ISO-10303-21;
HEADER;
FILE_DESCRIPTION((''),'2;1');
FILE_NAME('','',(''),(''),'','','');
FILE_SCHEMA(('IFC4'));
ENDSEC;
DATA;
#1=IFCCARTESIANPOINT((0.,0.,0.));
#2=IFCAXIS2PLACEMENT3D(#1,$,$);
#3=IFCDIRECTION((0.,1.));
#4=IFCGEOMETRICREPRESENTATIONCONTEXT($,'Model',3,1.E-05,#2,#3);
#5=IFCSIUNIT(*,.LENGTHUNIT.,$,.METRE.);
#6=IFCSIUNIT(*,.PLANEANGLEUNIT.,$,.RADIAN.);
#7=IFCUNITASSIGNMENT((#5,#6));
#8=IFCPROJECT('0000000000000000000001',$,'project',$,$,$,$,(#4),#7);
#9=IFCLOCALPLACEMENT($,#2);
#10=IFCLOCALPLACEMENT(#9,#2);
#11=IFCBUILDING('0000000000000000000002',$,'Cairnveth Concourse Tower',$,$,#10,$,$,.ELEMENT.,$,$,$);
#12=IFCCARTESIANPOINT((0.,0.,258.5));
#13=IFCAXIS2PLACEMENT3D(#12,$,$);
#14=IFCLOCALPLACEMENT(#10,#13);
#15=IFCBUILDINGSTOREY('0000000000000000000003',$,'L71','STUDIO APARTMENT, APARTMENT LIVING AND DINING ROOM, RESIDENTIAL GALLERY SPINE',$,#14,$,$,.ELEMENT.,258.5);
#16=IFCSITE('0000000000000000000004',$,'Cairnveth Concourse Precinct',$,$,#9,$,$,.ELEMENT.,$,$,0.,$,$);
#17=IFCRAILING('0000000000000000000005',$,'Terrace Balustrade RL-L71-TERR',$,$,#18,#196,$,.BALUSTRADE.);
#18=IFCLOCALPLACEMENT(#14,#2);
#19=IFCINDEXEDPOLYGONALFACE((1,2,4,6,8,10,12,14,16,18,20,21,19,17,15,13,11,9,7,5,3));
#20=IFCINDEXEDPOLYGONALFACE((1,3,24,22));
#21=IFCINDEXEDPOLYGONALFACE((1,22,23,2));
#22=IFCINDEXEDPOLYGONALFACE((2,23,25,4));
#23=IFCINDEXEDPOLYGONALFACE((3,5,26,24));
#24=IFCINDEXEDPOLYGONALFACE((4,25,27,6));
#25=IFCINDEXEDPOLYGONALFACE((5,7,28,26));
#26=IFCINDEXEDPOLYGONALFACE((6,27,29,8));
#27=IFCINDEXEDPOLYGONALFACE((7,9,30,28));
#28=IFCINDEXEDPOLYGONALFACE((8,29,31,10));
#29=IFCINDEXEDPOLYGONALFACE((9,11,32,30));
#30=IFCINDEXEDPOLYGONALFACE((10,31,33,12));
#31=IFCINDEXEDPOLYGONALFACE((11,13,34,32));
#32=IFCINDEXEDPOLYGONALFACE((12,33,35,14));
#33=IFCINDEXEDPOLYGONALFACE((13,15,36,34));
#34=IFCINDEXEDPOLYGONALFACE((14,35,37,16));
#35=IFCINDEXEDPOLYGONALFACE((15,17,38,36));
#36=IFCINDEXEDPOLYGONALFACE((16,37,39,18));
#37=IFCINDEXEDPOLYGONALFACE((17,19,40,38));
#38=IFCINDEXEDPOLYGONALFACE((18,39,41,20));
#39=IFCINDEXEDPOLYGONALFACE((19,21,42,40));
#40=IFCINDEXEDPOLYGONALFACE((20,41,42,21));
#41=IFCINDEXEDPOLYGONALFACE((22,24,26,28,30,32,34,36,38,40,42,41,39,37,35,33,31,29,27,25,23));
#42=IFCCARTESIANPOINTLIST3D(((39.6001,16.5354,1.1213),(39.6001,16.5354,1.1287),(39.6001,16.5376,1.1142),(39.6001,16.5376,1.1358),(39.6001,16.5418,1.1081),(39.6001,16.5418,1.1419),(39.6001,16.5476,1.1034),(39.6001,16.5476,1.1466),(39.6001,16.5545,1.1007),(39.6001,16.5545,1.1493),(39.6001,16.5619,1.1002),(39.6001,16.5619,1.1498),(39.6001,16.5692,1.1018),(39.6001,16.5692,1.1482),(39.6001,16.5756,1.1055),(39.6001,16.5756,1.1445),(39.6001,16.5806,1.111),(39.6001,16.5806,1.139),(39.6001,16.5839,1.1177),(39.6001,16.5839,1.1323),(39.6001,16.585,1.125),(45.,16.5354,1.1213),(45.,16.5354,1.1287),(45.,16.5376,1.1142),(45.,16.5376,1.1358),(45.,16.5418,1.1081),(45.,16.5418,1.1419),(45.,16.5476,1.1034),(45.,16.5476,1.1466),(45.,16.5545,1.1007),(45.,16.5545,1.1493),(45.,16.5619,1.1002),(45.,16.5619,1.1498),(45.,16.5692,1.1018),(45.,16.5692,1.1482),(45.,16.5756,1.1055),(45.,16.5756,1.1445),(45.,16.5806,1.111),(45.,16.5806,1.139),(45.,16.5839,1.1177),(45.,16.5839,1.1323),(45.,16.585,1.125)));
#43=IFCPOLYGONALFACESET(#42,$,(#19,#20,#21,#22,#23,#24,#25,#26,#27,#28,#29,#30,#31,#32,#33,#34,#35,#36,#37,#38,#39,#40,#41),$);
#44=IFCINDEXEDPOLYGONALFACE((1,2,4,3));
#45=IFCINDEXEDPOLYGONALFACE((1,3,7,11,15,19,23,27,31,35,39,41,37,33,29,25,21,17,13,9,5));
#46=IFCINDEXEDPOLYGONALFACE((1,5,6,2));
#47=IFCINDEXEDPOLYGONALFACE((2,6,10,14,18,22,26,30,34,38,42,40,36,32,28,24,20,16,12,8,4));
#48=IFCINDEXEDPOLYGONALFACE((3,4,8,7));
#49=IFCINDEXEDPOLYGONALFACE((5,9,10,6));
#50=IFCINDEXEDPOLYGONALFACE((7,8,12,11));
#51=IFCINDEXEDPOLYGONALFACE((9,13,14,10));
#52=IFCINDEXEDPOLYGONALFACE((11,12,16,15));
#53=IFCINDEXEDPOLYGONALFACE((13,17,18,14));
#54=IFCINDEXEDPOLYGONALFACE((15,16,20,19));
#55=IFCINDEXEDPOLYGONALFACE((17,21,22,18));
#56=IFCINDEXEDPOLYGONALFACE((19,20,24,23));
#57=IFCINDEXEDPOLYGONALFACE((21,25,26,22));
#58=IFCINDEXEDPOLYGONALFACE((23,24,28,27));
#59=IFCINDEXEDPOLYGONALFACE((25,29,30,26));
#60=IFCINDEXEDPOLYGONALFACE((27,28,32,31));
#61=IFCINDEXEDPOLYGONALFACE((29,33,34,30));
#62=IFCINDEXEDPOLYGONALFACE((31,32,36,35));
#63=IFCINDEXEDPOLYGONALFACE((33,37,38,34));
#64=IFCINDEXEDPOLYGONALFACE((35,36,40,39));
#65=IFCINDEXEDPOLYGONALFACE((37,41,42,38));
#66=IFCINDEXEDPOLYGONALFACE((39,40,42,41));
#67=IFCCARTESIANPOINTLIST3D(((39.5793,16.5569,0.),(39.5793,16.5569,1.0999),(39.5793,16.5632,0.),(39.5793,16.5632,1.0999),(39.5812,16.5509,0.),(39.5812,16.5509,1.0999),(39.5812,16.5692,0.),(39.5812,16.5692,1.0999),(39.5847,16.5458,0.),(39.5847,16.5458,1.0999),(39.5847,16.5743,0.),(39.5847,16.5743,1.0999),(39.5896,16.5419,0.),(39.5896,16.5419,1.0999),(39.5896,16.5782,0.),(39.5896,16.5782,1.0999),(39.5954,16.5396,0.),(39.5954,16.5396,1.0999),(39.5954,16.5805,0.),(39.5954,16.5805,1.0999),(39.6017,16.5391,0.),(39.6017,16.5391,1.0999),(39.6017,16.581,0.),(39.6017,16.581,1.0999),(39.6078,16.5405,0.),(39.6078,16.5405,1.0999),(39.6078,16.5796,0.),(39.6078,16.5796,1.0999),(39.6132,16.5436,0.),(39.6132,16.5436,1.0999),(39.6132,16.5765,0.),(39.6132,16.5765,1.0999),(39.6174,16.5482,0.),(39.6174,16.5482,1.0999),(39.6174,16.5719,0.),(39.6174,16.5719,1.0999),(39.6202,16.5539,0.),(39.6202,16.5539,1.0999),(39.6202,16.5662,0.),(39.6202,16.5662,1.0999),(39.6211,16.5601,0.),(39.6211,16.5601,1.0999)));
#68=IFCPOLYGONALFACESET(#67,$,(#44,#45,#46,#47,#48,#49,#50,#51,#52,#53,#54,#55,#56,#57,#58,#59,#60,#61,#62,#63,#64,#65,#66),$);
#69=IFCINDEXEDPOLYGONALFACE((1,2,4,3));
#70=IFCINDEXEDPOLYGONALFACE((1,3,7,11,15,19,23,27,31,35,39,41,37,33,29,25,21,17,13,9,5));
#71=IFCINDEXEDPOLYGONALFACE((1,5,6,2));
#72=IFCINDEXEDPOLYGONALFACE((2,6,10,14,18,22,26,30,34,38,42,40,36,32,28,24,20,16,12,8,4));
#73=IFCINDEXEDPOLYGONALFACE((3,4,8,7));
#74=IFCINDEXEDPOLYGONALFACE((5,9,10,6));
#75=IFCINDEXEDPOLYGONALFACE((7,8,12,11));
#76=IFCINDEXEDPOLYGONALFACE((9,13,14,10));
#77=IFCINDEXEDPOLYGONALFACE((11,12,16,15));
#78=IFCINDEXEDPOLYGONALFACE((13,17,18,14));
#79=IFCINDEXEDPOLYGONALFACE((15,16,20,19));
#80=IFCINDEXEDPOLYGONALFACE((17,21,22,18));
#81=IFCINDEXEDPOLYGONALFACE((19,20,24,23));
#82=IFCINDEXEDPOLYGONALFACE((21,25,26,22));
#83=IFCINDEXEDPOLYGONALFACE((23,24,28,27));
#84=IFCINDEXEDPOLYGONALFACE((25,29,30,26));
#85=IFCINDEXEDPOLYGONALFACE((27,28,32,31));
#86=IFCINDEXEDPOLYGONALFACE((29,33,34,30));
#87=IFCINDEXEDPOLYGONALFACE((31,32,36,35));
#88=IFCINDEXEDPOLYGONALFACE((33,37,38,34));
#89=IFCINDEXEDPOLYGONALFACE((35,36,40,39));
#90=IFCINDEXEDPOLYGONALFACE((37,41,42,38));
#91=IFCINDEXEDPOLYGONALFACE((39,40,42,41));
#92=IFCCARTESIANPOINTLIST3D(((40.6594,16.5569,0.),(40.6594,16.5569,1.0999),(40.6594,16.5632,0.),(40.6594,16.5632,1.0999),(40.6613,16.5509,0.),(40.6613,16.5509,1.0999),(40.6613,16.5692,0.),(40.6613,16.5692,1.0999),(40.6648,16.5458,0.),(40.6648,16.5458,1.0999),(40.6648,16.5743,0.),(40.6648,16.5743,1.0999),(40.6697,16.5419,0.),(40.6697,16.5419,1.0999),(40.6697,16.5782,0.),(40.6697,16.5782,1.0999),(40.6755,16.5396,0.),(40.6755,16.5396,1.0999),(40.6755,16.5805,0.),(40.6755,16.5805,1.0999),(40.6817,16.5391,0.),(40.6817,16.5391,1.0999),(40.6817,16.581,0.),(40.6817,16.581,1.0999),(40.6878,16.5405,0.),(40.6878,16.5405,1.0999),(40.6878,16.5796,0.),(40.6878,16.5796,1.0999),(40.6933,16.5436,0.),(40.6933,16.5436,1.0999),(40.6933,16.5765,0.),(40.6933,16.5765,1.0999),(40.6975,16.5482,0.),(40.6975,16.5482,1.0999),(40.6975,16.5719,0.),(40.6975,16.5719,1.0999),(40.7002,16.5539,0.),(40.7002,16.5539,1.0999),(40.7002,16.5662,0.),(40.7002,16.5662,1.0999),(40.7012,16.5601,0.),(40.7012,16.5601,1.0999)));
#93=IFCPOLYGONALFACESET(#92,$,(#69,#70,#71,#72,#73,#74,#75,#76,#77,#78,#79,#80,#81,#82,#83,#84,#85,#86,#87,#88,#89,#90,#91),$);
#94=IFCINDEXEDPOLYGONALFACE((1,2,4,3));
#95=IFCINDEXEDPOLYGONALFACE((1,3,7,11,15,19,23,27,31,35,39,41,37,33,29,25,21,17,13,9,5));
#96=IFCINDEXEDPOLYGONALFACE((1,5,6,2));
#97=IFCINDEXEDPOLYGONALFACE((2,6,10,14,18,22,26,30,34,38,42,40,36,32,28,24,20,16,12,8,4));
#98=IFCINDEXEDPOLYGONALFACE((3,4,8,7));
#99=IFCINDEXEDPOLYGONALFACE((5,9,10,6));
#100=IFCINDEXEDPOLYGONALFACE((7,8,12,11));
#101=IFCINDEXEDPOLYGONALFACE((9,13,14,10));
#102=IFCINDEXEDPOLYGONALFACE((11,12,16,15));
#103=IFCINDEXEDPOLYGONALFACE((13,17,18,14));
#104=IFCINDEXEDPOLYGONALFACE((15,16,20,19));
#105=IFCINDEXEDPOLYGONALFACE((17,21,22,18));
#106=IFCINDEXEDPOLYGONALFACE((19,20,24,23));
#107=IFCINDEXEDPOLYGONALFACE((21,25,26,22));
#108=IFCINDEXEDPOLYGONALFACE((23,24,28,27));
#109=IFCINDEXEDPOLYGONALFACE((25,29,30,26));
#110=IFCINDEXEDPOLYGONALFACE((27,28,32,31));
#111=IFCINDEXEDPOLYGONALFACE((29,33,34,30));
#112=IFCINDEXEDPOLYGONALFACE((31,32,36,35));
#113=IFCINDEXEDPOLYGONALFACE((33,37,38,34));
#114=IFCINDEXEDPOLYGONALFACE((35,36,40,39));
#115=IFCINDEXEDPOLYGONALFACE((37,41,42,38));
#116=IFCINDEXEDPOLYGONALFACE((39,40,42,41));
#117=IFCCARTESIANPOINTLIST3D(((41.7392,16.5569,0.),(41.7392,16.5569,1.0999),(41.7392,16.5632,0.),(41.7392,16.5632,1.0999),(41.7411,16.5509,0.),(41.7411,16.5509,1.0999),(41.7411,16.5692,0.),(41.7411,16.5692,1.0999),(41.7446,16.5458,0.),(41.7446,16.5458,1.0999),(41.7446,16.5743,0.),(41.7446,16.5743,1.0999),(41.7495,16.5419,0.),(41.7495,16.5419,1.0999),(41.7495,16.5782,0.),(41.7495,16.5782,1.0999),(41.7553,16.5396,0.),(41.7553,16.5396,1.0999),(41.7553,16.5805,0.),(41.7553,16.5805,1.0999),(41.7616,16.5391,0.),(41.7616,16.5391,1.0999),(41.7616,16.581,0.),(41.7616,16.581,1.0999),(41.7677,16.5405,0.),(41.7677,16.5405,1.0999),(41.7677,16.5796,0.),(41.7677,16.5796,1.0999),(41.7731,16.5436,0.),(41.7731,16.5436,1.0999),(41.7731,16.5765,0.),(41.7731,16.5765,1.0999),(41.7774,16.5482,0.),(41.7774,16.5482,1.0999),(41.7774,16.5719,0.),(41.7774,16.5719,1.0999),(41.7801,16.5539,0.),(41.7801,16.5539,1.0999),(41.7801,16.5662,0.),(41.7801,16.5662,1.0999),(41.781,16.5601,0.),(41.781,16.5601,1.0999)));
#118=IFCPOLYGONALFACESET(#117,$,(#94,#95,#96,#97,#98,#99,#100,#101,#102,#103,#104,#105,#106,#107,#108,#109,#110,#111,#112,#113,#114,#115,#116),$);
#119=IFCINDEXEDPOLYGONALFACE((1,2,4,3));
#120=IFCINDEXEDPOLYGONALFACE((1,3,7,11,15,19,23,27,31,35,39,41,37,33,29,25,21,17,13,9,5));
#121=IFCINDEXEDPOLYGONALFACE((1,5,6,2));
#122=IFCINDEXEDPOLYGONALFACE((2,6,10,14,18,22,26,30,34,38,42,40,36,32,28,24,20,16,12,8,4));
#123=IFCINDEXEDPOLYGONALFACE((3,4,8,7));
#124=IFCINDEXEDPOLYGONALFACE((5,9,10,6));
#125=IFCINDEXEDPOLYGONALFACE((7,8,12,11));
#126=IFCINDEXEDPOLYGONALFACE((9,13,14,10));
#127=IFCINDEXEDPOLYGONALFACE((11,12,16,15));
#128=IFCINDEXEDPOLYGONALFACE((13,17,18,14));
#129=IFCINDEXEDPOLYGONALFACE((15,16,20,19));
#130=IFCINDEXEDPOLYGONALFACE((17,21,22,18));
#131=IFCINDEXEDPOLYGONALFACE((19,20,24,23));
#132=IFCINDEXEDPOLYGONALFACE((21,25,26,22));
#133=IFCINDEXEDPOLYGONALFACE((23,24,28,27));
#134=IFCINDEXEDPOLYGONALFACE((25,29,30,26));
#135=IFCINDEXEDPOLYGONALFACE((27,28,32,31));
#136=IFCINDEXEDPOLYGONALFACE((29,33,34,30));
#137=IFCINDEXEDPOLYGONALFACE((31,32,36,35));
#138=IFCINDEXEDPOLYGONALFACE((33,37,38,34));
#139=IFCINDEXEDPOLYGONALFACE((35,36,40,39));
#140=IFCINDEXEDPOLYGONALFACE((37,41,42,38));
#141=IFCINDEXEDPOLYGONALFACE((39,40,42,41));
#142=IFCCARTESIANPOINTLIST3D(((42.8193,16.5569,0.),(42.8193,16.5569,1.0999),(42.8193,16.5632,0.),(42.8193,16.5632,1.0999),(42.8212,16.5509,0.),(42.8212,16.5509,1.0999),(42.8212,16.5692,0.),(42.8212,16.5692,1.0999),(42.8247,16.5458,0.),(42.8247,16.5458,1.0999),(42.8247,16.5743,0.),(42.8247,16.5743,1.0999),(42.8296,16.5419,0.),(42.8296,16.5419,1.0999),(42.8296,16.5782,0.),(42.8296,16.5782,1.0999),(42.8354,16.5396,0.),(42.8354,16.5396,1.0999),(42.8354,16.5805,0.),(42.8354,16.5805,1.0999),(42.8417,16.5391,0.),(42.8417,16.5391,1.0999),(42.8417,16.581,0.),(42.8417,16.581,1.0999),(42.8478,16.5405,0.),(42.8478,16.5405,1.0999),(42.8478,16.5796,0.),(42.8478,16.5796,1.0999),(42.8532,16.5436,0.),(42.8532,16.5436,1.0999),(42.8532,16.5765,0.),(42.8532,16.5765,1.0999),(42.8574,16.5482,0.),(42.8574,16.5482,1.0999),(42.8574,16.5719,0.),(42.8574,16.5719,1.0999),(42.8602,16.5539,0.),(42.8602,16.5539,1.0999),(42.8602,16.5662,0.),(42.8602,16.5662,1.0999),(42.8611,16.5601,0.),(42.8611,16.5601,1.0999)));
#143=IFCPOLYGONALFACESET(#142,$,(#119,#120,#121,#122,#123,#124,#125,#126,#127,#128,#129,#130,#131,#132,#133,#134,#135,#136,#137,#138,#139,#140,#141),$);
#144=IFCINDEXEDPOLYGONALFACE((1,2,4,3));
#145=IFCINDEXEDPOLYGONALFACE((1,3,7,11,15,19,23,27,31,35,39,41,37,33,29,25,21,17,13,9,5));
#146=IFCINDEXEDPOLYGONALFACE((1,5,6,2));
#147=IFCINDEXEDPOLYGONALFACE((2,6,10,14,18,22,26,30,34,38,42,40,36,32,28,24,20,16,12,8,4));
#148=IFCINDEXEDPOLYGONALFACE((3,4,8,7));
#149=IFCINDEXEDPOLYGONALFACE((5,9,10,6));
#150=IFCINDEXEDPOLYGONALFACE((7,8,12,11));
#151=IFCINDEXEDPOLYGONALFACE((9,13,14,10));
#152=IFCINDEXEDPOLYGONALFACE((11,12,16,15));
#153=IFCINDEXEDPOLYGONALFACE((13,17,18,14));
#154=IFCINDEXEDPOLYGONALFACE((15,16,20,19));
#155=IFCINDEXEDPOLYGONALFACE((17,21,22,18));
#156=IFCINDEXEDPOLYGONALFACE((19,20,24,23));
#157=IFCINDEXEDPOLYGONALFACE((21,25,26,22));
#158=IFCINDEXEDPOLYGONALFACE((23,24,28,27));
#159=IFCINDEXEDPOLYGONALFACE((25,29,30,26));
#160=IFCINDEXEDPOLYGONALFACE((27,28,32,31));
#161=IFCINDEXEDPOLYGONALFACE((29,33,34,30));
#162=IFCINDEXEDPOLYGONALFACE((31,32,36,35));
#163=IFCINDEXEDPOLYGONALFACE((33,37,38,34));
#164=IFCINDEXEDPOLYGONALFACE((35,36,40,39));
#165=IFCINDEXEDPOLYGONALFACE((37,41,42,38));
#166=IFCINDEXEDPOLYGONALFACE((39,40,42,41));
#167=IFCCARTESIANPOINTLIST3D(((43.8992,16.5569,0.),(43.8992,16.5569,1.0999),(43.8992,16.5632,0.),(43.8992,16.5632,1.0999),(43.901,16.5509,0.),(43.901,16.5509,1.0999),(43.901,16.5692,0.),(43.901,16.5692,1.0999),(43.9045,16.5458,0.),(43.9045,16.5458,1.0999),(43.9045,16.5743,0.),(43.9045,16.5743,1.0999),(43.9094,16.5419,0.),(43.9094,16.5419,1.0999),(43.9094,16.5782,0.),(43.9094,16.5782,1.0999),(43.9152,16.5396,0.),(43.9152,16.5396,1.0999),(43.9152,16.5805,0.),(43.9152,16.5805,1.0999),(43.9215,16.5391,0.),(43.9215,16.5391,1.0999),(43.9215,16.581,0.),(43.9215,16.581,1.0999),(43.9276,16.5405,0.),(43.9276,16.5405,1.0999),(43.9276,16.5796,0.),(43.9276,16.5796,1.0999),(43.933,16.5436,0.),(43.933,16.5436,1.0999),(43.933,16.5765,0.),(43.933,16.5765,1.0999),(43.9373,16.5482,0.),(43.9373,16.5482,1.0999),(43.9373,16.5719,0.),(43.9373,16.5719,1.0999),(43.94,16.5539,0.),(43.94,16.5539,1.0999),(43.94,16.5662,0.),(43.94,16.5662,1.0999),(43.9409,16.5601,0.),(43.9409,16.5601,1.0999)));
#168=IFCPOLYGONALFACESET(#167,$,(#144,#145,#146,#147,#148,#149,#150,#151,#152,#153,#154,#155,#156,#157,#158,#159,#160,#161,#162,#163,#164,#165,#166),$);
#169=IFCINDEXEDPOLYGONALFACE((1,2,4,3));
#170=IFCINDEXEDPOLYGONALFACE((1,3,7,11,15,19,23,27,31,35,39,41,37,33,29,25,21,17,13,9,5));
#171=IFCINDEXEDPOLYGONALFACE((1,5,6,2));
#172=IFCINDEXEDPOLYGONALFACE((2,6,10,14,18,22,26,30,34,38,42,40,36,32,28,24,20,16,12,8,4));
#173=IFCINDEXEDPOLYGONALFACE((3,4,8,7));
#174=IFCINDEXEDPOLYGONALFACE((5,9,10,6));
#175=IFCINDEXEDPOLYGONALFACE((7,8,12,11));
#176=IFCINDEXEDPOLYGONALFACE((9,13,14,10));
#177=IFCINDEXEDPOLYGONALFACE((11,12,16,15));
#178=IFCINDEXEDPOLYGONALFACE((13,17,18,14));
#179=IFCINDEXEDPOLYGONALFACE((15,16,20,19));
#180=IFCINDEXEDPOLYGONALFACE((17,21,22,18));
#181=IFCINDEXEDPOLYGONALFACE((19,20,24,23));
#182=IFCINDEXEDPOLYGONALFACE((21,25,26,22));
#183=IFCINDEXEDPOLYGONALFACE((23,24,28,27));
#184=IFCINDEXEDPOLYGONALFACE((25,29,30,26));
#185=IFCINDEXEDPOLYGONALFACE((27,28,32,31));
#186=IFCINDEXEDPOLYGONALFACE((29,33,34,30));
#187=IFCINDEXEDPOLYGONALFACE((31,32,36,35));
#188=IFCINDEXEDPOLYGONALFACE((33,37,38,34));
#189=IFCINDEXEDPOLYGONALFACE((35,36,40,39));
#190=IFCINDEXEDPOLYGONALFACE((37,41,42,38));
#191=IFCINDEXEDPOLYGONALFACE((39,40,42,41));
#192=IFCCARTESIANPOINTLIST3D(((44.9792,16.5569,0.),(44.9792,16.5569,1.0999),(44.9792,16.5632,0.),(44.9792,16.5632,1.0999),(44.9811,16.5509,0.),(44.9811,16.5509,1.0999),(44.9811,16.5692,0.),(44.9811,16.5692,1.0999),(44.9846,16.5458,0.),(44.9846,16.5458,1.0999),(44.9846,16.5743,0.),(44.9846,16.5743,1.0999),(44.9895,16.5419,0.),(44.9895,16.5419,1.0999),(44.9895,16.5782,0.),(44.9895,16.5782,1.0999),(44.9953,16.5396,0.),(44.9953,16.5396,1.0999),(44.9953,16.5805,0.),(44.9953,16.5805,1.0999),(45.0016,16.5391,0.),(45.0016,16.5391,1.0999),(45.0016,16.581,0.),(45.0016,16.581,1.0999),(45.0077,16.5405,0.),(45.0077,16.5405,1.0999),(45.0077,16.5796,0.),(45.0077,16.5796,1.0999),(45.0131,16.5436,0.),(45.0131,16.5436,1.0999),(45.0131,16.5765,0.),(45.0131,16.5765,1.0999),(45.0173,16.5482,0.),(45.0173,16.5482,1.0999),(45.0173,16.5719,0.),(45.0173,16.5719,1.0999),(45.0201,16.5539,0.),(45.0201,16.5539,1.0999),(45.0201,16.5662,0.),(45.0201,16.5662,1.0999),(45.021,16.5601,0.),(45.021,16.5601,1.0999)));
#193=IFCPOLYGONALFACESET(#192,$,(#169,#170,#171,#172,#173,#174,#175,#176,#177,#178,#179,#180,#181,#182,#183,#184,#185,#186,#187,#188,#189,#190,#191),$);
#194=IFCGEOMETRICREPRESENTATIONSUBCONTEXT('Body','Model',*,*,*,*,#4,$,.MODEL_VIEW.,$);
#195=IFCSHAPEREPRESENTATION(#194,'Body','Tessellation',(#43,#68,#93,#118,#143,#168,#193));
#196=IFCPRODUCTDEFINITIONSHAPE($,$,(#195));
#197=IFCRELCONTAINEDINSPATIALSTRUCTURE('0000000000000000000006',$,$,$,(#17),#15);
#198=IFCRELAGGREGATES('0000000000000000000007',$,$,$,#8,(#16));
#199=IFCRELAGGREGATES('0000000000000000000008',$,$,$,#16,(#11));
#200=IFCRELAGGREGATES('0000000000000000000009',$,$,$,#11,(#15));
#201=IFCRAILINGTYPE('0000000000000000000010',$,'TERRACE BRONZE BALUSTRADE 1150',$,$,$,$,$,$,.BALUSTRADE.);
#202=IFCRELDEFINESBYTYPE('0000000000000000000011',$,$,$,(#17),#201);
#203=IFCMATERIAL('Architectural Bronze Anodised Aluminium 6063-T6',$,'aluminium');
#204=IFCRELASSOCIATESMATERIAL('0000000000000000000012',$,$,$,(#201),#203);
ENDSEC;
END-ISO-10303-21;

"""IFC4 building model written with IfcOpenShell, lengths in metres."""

from ifc_helpers import new_model, si_unit, direction, frame, origin, origin_2d, place, context, subcontext, project, spatial, circle, extrude, material, type_object, element, save


model = new_model("IFC4")

# Units and contexts
model_context = context("Model", 3, precision=1e-05, world=origin(), true_north=direction((0.0, 1.0)))
body_context = subcontext(model_context, "Body", "Model", "MODEL_VIEW")
ifc_project = project(units=[si_unit("LENGTHUNIT", "METRE"), si_unit("PLANEANGLEUNIT", "RADIAN")], contexts=[model_context])

# Site, building, storey
site_placement = place(None, origin())
site = spatial("IfcSite", under=ifc_project, at=site_placement, Name="Cairnveth Concourse Precinct", CompositionType="ELEMENT", RefElevation=0.0)
building_placement = place(site_placement, origin())
building = spatial("IfcBuilding", under=site, at=building_placement, Name="Cairnveth Concourse Tower", CompositionType="ELEMENT")
storey_placement = place(building_placement, frame((0.0, 0.0, 258.5)))
storey = spatial("IfcBuildingStorey", under=building, at=storey_placement, Name="L71", Description="STUDIO APARTMENT, APARTMENT LIVING AND DINING ROOM, RESIDENTIAL GALLERY SPINE", CompositionType="ELEMENT", Elevation=258.5)

# Shared definitions
ifc_material_1 = material(Name="Architectural Bronze Anodised Aluminium 6063-T6", Category="aluminium")

# Railing
railing_type = type_object("IfcRailingType", Name="TERRACE BRONZE BALUSTRADE 1150", PredefinedType="BALUSTRADE", material=ifc_material_1)
railing_placement = place(storey_placement, frame((39.6001, 16.5601, 0.0)))
element("IfcRailing", 1, at=railing_placement, inside=storey, type_object=railing_type, Name="Terrace Balustrade RL-L71-TERR", PredefinedType="BALUSTRADE", context=body_context, shape_type="SweptSolid", body=[
    extrude(circle(Radius=0.0249, at=origin_2d()), frame((0.0, 0.0, 1.125), z_axis=(1.0, 0.0, 0.0), x_axis=(0.0, 1.0, 0.0)), (0.0, 0.0, 1.0), 5.3999),
    extrude(circle(Radius=0.021, at=origin_2d()), origin(), (0.0, 0.0, 1.0), 1.0999),
    extrude(circle(Radius=0.021, at=origin_2d()), frame((1.0801, 0.0, 0.0)), (0.0, 0.0, 1.0), 1.0999),
    extrude(circle(Radius=0.021, at=origin_2d()), frame((2.1599, 0.0, 0.0)), (0.0, 0.0, 1.0), 1.0999),
    extrude(circle(Radius=0.021, at=origin_2d()), frame((3.24, 0.0, 0.0)), (0.0, 0.0, 1.0), 1.0999),
    extrude(circle(Radius=0.021, at=origin_2d()), frame((4.3198, 0.0, 0.0)), (0.0, 0.0, 1.0), 1.0999),
    extrude(circle(Radius=0.021, at=origin_2d()), frame((5.3999, 0.0, 0.0)), (0.0, 0.0, 1.0), 1.0999),
])

save(model, "model.ifc")
